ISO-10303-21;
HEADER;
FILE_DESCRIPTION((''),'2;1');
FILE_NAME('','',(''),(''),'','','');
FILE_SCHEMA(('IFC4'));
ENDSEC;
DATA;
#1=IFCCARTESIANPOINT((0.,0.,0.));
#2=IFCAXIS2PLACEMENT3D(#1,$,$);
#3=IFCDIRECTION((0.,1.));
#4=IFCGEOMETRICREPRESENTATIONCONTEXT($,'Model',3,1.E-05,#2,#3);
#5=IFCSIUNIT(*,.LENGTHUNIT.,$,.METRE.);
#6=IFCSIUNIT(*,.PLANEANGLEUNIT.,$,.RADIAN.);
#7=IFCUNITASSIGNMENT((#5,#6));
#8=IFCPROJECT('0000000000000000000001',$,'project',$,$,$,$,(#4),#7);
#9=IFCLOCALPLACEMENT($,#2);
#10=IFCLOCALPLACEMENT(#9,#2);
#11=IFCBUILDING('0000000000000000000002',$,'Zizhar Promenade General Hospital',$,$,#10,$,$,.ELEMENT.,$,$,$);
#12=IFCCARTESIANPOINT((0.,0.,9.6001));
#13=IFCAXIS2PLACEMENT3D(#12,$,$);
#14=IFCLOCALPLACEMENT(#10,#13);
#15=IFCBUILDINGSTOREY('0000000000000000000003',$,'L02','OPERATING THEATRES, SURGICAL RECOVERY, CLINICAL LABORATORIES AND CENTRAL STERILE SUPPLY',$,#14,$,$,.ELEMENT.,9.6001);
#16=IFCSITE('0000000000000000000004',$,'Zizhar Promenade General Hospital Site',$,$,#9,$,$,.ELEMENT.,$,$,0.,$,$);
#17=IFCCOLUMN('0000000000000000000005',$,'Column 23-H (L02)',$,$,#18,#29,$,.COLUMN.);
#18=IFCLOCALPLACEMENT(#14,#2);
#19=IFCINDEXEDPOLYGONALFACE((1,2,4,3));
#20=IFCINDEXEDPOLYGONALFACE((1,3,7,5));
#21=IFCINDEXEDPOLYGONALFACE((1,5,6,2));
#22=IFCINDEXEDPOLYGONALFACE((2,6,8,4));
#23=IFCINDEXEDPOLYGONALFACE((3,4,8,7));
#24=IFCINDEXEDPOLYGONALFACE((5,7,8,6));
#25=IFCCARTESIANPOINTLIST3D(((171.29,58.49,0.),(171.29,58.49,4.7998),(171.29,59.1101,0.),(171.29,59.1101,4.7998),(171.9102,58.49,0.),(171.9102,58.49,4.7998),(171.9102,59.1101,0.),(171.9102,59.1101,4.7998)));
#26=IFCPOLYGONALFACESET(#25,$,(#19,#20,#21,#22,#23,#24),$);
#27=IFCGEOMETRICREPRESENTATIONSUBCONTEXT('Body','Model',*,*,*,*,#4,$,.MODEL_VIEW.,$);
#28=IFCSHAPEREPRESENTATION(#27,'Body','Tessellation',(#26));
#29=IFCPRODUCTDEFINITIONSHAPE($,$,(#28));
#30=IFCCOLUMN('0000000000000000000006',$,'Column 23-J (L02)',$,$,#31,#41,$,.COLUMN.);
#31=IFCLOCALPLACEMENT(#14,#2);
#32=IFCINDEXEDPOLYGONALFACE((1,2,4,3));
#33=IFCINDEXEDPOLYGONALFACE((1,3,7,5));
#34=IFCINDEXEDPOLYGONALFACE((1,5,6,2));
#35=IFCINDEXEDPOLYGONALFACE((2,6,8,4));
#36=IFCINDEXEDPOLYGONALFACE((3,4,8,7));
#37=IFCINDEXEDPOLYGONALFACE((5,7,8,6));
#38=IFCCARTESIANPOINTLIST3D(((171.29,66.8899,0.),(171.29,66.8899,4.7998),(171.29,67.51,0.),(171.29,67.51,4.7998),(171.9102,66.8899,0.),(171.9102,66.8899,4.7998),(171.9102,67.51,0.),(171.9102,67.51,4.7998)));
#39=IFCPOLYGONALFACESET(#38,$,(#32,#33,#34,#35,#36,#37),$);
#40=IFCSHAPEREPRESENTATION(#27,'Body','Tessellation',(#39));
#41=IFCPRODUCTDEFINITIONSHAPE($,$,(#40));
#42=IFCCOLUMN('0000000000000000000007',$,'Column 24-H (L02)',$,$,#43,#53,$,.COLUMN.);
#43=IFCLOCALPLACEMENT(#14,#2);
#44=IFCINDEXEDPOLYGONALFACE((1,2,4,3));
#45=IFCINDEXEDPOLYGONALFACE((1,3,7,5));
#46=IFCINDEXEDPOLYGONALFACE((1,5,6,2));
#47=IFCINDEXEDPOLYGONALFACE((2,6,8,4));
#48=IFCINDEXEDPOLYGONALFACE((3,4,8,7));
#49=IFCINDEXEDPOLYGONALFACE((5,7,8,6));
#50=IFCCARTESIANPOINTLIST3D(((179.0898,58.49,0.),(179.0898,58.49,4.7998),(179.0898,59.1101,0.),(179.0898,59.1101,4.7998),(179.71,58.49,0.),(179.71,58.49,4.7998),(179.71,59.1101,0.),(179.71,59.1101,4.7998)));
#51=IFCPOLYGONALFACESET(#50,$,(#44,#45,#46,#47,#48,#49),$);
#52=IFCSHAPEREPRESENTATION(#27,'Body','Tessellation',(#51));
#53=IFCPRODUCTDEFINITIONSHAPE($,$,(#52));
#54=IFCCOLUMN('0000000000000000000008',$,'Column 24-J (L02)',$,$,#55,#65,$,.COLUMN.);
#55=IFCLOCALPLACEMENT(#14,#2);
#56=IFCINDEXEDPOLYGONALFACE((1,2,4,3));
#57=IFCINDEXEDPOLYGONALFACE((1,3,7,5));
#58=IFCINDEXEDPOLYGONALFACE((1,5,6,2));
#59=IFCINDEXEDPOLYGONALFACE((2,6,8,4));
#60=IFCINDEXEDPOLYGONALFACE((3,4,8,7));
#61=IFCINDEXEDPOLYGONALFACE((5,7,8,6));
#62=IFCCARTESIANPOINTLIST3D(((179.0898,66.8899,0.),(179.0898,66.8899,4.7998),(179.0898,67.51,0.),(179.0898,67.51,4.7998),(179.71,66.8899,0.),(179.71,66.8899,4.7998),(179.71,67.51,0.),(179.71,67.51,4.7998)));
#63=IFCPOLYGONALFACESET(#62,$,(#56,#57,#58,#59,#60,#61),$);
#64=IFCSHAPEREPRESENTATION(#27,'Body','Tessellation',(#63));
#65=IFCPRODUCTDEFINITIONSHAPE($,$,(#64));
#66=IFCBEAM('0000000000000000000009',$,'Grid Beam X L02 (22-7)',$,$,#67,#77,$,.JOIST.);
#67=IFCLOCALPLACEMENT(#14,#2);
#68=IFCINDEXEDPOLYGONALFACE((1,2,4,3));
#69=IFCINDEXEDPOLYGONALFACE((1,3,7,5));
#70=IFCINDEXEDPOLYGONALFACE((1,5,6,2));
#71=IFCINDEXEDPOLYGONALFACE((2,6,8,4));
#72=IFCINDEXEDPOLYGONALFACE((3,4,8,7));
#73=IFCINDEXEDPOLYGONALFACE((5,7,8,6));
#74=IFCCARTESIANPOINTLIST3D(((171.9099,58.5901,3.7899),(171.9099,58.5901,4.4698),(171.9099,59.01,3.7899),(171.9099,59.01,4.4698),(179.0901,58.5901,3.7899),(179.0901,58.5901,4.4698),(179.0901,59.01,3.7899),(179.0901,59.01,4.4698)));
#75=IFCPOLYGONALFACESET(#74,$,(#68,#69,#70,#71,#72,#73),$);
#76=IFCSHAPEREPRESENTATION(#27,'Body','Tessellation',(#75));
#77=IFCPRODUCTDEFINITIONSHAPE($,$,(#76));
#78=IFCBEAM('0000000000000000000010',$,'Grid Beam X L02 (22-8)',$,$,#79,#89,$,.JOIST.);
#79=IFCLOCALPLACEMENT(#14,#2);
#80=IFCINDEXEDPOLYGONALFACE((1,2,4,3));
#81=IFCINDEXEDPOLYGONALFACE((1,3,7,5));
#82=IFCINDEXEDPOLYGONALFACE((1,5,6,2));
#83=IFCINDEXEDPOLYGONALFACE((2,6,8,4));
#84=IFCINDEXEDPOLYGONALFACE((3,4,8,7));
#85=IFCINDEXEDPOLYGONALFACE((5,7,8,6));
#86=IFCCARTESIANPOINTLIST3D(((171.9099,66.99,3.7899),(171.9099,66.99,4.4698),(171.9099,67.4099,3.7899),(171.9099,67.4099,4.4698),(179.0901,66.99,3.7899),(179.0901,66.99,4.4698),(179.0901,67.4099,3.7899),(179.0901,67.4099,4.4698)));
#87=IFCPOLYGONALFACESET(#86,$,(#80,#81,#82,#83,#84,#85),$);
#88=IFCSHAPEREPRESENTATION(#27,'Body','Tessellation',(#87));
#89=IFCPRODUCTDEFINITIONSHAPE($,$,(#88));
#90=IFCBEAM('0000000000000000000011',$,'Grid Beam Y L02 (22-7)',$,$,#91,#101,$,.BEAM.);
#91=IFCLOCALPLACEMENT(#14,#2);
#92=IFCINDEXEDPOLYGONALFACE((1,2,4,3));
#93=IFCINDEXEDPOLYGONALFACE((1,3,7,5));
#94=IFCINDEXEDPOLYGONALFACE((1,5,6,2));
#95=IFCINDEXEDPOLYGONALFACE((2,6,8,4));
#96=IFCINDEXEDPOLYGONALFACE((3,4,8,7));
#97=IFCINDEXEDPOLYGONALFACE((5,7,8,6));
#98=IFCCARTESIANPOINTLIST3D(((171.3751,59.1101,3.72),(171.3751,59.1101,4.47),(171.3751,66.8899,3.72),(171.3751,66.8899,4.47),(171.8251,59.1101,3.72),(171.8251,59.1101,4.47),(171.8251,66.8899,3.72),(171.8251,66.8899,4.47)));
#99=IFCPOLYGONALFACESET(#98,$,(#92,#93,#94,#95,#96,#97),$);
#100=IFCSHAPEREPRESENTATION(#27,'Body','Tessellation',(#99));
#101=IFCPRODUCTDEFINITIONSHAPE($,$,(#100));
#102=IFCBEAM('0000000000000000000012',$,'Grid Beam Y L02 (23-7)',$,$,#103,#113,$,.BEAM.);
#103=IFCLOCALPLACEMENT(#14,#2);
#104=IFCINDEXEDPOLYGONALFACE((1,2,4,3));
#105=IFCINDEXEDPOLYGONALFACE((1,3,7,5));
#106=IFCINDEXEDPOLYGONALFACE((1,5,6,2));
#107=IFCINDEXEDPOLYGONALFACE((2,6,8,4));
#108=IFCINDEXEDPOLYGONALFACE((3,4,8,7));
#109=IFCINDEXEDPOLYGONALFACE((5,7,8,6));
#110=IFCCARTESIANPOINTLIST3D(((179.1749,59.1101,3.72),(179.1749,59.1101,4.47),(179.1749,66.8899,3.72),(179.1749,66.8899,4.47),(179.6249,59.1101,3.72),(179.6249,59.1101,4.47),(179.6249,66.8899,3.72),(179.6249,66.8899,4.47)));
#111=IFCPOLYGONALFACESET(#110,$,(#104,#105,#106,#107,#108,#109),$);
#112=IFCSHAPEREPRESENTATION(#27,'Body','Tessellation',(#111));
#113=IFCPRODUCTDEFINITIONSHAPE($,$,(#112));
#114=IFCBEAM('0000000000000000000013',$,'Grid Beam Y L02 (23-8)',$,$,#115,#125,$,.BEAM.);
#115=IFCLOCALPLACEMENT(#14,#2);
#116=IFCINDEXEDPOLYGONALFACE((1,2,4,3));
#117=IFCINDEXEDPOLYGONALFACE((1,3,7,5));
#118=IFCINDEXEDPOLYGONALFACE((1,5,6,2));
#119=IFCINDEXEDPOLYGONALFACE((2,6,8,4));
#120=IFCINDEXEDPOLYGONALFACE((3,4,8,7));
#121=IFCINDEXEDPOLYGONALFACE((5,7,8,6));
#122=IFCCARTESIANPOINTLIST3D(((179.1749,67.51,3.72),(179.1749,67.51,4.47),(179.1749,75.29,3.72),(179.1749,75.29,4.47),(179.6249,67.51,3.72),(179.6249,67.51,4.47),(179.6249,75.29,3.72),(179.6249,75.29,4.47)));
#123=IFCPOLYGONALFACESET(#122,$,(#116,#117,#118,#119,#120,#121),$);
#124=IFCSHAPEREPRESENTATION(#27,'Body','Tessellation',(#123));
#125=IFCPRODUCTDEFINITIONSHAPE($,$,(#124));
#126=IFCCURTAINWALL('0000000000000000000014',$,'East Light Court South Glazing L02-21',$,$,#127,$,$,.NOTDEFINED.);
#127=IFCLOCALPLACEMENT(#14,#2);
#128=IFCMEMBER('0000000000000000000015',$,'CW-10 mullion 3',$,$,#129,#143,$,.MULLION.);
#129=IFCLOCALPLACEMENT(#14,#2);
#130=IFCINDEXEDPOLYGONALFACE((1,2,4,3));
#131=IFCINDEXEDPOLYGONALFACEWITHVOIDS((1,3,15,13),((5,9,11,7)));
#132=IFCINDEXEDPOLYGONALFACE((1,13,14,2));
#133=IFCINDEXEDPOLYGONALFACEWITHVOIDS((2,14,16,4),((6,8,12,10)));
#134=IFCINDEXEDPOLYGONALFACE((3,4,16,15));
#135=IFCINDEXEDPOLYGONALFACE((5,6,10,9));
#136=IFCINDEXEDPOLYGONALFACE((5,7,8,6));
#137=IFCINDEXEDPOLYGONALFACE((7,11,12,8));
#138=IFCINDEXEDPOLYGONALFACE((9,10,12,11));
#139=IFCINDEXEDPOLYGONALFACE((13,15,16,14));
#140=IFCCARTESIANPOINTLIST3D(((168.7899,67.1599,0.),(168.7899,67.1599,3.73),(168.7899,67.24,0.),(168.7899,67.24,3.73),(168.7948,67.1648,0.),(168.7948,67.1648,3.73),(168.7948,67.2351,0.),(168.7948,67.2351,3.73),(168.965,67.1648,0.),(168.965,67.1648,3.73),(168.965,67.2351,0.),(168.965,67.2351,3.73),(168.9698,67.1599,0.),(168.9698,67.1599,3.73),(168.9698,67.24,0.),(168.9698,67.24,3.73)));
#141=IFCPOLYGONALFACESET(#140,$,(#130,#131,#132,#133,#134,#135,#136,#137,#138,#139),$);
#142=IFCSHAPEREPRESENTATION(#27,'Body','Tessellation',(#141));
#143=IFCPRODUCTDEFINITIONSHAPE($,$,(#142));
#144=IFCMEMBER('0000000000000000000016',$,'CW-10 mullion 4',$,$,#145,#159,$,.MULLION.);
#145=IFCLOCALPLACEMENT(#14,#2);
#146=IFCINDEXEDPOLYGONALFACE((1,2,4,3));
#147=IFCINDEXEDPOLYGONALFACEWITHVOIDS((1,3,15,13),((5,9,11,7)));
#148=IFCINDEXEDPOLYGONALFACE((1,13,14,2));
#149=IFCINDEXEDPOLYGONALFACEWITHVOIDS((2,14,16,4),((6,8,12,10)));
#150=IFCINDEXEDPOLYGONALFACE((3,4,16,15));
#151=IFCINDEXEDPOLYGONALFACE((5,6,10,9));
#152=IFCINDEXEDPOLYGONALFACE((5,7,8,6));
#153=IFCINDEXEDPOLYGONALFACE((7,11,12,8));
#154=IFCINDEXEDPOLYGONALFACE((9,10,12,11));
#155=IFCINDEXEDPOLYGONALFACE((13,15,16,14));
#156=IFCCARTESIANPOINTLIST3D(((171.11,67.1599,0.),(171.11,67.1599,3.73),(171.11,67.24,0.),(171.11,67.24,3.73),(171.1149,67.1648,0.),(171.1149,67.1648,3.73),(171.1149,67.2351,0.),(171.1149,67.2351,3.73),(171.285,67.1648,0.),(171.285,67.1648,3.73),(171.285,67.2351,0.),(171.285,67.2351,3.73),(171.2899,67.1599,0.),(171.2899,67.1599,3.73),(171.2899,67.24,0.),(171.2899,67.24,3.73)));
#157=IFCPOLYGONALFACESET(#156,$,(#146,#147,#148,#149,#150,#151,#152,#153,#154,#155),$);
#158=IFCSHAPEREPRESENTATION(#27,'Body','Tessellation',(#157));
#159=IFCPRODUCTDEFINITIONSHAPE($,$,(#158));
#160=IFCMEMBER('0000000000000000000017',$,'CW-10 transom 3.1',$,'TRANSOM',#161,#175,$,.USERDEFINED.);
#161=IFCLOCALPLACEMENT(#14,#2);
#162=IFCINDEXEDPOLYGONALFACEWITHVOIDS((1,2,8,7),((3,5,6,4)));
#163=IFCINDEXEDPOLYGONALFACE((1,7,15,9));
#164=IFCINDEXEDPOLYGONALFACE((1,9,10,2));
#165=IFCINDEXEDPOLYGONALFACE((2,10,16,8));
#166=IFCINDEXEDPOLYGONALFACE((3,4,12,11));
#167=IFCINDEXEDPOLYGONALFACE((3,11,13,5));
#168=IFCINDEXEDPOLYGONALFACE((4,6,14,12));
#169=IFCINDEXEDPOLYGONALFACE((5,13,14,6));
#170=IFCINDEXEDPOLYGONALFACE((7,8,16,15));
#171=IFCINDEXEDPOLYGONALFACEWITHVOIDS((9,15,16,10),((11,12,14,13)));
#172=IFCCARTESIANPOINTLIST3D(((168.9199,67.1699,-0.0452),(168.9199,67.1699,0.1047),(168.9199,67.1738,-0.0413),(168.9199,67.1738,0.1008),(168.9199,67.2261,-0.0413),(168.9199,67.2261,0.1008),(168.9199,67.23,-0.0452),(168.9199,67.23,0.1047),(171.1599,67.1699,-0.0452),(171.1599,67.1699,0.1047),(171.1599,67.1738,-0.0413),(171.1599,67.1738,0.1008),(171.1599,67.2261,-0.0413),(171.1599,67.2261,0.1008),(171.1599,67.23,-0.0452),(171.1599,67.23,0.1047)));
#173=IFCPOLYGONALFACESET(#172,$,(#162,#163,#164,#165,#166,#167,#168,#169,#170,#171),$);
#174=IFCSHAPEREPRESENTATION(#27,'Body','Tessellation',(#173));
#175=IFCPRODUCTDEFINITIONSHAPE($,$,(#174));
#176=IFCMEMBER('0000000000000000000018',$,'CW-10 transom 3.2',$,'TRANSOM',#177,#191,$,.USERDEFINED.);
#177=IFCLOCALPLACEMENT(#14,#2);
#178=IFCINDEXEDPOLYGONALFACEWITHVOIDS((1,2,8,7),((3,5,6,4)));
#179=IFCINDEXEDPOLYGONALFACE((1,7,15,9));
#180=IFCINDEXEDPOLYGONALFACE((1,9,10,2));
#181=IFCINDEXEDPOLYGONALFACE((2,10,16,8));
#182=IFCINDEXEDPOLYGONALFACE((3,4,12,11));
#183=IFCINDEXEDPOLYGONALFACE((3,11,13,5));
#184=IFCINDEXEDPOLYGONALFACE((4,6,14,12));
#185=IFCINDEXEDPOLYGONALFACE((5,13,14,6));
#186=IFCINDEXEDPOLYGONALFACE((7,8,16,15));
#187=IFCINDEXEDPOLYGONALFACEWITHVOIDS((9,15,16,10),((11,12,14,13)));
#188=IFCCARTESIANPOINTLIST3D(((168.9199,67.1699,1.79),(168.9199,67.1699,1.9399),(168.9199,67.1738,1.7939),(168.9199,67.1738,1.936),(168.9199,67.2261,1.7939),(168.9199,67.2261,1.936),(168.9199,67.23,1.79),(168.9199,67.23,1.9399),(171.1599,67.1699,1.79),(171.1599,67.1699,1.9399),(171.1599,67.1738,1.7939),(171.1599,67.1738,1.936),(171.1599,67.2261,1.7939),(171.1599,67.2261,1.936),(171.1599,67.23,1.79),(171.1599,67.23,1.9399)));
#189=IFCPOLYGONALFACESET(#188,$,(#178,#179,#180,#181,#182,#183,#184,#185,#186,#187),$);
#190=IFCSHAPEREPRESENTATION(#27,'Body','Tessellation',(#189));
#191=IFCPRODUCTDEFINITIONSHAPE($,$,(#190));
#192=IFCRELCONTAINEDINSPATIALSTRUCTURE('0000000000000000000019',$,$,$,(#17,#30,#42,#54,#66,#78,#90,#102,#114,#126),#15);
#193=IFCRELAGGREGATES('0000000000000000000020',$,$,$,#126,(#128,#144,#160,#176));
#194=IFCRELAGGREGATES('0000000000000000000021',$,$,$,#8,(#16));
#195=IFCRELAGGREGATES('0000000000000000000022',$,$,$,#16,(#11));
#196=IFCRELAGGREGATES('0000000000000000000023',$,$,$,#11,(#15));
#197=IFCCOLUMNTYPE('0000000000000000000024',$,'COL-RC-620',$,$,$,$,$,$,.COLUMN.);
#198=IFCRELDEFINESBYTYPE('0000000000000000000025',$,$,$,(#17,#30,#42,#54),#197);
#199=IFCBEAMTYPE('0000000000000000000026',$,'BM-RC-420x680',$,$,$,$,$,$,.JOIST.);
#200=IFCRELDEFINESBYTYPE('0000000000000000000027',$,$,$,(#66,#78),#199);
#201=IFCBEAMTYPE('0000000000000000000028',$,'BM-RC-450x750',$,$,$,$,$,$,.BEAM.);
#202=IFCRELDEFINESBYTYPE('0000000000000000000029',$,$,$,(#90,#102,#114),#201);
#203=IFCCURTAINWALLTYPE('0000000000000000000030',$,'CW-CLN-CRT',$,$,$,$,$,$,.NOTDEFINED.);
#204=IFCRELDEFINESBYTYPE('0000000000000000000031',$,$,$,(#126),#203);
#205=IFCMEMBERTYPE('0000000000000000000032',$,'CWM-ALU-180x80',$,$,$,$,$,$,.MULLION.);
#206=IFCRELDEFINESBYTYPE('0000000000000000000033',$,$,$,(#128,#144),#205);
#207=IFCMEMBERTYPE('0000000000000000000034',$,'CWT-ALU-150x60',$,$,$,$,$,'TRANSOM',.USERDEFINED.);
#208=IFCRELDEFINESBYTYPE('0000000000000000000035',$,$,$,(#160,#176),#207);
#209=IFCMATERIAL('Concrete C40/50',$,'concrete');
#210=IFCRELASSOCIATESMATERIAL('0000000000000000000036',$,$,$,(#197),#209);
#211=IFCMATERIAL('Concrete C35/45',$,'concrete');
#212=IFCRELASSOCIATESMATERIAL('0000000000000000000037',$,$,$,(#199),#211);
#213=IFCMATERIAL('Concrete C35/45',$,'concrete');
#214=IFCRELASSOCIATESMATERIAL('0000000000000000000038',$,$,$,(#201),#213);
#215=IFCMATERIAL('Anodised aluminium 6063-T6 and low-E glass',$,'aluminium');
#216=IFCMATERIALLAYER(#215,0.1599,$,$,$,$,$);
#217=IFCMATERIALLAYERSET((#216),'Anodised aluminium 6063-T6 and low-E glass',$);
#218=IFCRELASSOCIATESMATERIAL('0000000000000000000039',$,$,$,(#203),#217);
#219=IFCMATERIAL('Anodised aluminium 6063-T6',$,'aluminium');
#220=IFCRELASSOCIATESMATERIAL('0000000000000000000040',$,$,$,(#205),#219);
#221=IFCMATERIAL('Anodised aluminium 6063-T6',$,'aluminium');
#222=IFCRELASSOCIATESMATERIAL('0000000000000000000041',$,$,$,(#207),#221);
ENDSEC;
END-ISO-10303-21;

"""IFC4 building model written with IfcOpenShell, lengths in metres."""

from ifc_helpers import new_model, si_unit, direction, frame, origin, origin_2d, place, context, subcontext, project, spatial, rectangle, hollow_rectangle, extrude, material, layer, layer_set, material_profile, profile_set, type_object, element, aggregate, save


model = new_model("IFC4")

# Units and contexts
model_context = context("Model", 3, precision=1e-05, world=origin(), true_north=direction((0.0, 1.0)))
body_context = subcontext(model_context, "Body", "Model", "MODEL_VIEW")
ifc_project = project(units=[si_unit("LENGTHUNIT", "METRE"), si_unit("PLANEANGLEUNIT", "RADIAN")], contexts=[model_context])

# Site, building, storey
site_placement = place(None, origin())
site = spatial("IfcSite", under=ifc_project, at=site_placement, Name="Zizhar Promenade General Hospital Site", CompositionType="ELEMENT", RefElevation=0.0)
building_placement = place(site_placement, origin())
building = spatial("IfcBuilding", under=site, at=building_placement, Name="Zizhar Promenade General Hospital", CompositionType="ELEMENT")
storey_placement = place(building_placement, frame((0.0, 0.0, 9.6001)))
storey = spatial("IfcBuildingStorey", under=building, at=storey_placement, Name="L02", Description="OPERATING THEATRES, SURGICAL RECOVERY, CLINICAL LABORATORIES AND CENTRAL STERILE SUPPLY", CompositionType="ELEMENT", Elevation=9.6001)

# Columns
ifc_material_1 = material(Name="Concrete C40/50", Category="concrete")
ifc_material_profile_1 = material_profile(ifc_material_1, rectangle(XDim=0.6201, YDim=0.6201, at=origin_2d()))
ifc_profile_set_1 = profile_set([ifc_material_profile_1], Name="Concrete C40/50")
column_type = type_object("IfcColumnType", Name="COL-RC-620", PredefinedType="COLUMN", material=ifc_profile_set_1)
for number, where, z_axis, x_axis, name in (
    (1, (171.6001, 58.8, 0.0), (0.0, 0.0, 1.0), (1.0, 0.0, 0.0), "Column 23-H (L02)"),
    (2, (171.6001, 67.2, 0.0), (0.0, 0.0, 1.0), (1.0, 0.0, 0.0), "Column 23-J (L02)"),
    (3, (179.3999, 58.8, 0.0), (0.0, 0.0, 1.0), (1.0, 0.0, 0.0), "Column 24-H (L02)"),
    (4, (179.3999, 67.2, 0.0), (0.0, 0.0, 1.0), (1.0, 0.0, 0.0), "Column 24-J (L02)"),
):
    element("IfcColumn", number, at=place(storey_placement, frame(where, z_axis=z_axis, x_axis=x_axis)), inside=storey, type_object=column_type, Name=name, PredefinedType="COLUMN", context=body_context, shape_type="SweptSolid", body=[
        extrude(rectangle(XDim=0.6201, YDim=0.6201, at=origin_2d()), origin(), (0.0, 0.0, 1.0), 4.7998),
    ])

# Beams
ifc_material_2 = material(Name="Concrete C35/45", Category="concrete")
ifc_material_profile_2 = material_profile(ifc_material_2, rectangle(XDim=0.4199, YDim=0.6799, at=origin_2d()))
ifc_profile_set_2 = profile_set([ifc_material_profile_2], Name="Concrete C35/45")
beam_type_1 = type_object("IfcBeamType", Name="BM-RC-420x680", PredefinedType="JOIST", material=ifc_profile_set_2)
for number, where, z_axis, x_axis, name in (
    (5, (171.9099, 58.8, 4.1299), (1.0, 0.0, 0.0), (0.0, 1.0, 0.0), "Grid Beam X L02 (22-7)"),
    (6, (171.9099, 67.2, 4.1299), (1.0, 0.0, 0.0), (0.0, 1.0, 0.0), "Grid Beam X L02 (22-8)"),
):
    element("IfcBeam", number, at=place(storey_placement, frame(where, z_axis=z_axis, x_axis=x_axis)), inside=storey, type_object=beam_type_1, Name=name, PredefinedType="JOIST", context=body_context, shape_type="SweptSolid", body=[
        extrude(rectangle(XDim=0.4199, YDim=0.6799, at=origin_2d()), origin(), (0.0, 0.0, 1.0), 7.1802),
    ])
ifc_material_3 = material(Name="Concrete C35/45", Category="concrete")
ifc_material_profile_3 = material_profile(ifc_material_3, rectangle(XDim=0.45, YDim=0.75, at=origin_2d()))
ifc_profile_set_3 = profile_set([ifc_material_profile_3], Name="Concrete C35/45")
beam_type_2 = type_object("IfcBeamType", Name="BM-RC-450x750", PredefinedType="BEAM", material=ifc_profile_set_3)
for number, where, z_axis, x_axis, name in (
    (7, (171.6001, 59.1101, 4.095), (0.0, 1.0, 0.0), (-1.0, 0.0, 0.0), "Grid Beam Y L02 (22-7)"),
    (8, (179.3999, 59.1101, 4.095), (0.0, 1.0, 0.0), (-1.0, 0.0, 0.0), "Grid Beam Y L02 (23-7)"),
):
    element("IfcBeam", number, at=place(storey_placement, frame(where, z_axis=z_axis, x_axis=x_axis)), inside=storey, type_object=beam_type_2, Name=name, PredefinedType="BEAM", context=body_context, shape_type="SweptSolid", body=[
        extrude(rectangle(XDim=0.45, YDim=0.75, at=origin_2d()), origin(), (0.0, 0.0, 1.0), 7.7798),
    ])
beam_placement = place(storey_placement, frame((179.3999, 67.51, 4.095), z_axis=(0.0, 1.0, 0.0), x_axis=(-1.0, 0.0, 0.0)))
element("IfcBeam", 9, at=beam_placement, inside=storey, type_object=beam_type_2, Name="Grid Beam Y L02 (23-8)", PredefinedType="BEAM", context=body_context, shape_type="SweptSolid", body=[
    extrude(rectangle(XDim=0.45, YDim=0.75, at=origin_2d()), origin(), (0.0, 0.0, 1.0), 7.78),
])

# Curtain wall, members
ifc_material_4 = material(Name="Anodised aluminium 6063-T6 and low-E glass", Category="aluminium")
ifc_layer_1 = layer(ifc_material_4, 0.1599)
ifc_layer_set_1 = layer_set([ifc_layer_1], Name="Anodised aluminium 6063-T6 and low-E glass")
curtain_wall_type = type_object("IfcCurtainWallType", Name="CW-CLN-CRT", PredefinedType="NOTDEFINED", material=ifc_layer_set_1)
curtain_wall_placement = place(storey_placement, origin())
curtain_wall = element("IfcCurtainWall", 10, at=curtain_wall_placement, inside=storey, type_object=curtain_wall_type, Name="East Light Court South Glazing L02-21", PredefinedType="NOTDEFINED")
ifc_material_5 = material(Name="Anodised aluminium 6063-T6", Category="aluminium")
ifc_material_profile_4 = material_profile(ifc_material_5, hollow_rectangle(XDim=0.0801, YDim=0.1799, WallThickness=0.0049, at=origin_2d()))
ifc_profile_set_4 = profile_set([ifc_material_profile_4], Name="Anodised aluminium 6063-T6")
member_type_1 = type_object("IfcMemberType", Name="CWM-ALU-180x80", PredefinedType="MULLION", material=ifc_profile_set_4)
member_1_placement = place(storey_placement, frame((168.8799, 67.2, 0.0), z_axis=(0.0, 0.0, 1.0), x_axis=(0.0, 1.0, 0.0)))
member_1 = element("IfcMember", 11, at=member_1_placement, type_object=member_type_1, Name="CW-10 mullion 3", PredefinedType="MULLION", context=body_context, shape_type="SweptSolid", body=[
    extrude(hollow_rectangle(XDim=0.0801, YDim=0.1799, WallThickness=0.0049, at=origin_2d()), origin(), (0.0, 0.0, 1.0), 3.73),
])
member_2_placement = place(storey_placement, frame((171.2, 67.2, 0.0), z_axis=(0.0, 0.0, 1.0), x_axis=(0.0, 1.0, 0.0)))
member_2 = element("IfcMember", 12, at=member_2_placement, type_object=member_type_1, Name="CW-10 mullion 4", PredefinedType="MULLION", context=body_context, shape_type="SweptSolid", body=[
    extrude(hollow_rectangle(XDim=0.0801, YDim=0.1799, WallThickness=0.0049, at=origin_2d()), origin(), (0.0, 0.0, 1.0), 3.73),
])
ifc_material_6 = material(Name="Anodised aluminium 6063-T6", Category="aluminium")
ifc_material_profile_5 = material_profile(ifc_material_6, hollow_rectangle(XDim=0.0601, YDim=0.1499, WallThickness=0.0039, at=origin_2d()))
ifc_profile_set_5 = profile_set([ifc_material_profile_5], Name="Anodised aluminium 6063-T6")
member_type_2 = type_object("IfcMemberType", Name="CWT-ALU-150x60", ElementType="TRANSOM", PredefinedType="USERDEFINED", material=ifc_profile_set_5)
member_3_placement = place(storey_placement, frame((168.9199, 67.2, 0.0298), z_axis=(1.0, 0.0, 0.0), x_axis=(0.0, 1.0, 0.0)))
member_3 = element("IfcMember", 13, at=member_3_placement, type_object=member_type_2, Name="CW-10 transom 3.1", ObjectType="TRANSOM", PredefinedType="USERDEFINED", context=body_context, shape_type="SweptSolid", body=[
    extrude(hollow_rectangle(XDim=0.0601, YDim=0.1499, WallThickness=0.0039, at=origin_2d()), origin(), (0.0, 0.0, 1.0), 2.24),
])
member_4_placement = place(storey_placement, frame((168.9199, 67.2, 1.865), z_axis=(1.0, 0.0, 0.0), x_axis=(0.0, 1.0, 0.0)))
member_4 = element("IfcMember", 14, at=member_4_placement, type_object=member_type_2, Name="CW-10 transom 3.2", ObjectType="TRANSOM", PredefinedType="USERDEFINED", context=body_context, shape_type="SweptSolid", body=[
    extrude(hollow_rectangle(XDim=0.0601, YDim=0.1499, WallThickness=0.0039, at=origin_2d()), origin(), (0.0, 0.0, 1.0), 2.24),
])
aggregate(curtain_wall, [member_1, member_2, member_3, member_4])

save(model, "model.ifc")
